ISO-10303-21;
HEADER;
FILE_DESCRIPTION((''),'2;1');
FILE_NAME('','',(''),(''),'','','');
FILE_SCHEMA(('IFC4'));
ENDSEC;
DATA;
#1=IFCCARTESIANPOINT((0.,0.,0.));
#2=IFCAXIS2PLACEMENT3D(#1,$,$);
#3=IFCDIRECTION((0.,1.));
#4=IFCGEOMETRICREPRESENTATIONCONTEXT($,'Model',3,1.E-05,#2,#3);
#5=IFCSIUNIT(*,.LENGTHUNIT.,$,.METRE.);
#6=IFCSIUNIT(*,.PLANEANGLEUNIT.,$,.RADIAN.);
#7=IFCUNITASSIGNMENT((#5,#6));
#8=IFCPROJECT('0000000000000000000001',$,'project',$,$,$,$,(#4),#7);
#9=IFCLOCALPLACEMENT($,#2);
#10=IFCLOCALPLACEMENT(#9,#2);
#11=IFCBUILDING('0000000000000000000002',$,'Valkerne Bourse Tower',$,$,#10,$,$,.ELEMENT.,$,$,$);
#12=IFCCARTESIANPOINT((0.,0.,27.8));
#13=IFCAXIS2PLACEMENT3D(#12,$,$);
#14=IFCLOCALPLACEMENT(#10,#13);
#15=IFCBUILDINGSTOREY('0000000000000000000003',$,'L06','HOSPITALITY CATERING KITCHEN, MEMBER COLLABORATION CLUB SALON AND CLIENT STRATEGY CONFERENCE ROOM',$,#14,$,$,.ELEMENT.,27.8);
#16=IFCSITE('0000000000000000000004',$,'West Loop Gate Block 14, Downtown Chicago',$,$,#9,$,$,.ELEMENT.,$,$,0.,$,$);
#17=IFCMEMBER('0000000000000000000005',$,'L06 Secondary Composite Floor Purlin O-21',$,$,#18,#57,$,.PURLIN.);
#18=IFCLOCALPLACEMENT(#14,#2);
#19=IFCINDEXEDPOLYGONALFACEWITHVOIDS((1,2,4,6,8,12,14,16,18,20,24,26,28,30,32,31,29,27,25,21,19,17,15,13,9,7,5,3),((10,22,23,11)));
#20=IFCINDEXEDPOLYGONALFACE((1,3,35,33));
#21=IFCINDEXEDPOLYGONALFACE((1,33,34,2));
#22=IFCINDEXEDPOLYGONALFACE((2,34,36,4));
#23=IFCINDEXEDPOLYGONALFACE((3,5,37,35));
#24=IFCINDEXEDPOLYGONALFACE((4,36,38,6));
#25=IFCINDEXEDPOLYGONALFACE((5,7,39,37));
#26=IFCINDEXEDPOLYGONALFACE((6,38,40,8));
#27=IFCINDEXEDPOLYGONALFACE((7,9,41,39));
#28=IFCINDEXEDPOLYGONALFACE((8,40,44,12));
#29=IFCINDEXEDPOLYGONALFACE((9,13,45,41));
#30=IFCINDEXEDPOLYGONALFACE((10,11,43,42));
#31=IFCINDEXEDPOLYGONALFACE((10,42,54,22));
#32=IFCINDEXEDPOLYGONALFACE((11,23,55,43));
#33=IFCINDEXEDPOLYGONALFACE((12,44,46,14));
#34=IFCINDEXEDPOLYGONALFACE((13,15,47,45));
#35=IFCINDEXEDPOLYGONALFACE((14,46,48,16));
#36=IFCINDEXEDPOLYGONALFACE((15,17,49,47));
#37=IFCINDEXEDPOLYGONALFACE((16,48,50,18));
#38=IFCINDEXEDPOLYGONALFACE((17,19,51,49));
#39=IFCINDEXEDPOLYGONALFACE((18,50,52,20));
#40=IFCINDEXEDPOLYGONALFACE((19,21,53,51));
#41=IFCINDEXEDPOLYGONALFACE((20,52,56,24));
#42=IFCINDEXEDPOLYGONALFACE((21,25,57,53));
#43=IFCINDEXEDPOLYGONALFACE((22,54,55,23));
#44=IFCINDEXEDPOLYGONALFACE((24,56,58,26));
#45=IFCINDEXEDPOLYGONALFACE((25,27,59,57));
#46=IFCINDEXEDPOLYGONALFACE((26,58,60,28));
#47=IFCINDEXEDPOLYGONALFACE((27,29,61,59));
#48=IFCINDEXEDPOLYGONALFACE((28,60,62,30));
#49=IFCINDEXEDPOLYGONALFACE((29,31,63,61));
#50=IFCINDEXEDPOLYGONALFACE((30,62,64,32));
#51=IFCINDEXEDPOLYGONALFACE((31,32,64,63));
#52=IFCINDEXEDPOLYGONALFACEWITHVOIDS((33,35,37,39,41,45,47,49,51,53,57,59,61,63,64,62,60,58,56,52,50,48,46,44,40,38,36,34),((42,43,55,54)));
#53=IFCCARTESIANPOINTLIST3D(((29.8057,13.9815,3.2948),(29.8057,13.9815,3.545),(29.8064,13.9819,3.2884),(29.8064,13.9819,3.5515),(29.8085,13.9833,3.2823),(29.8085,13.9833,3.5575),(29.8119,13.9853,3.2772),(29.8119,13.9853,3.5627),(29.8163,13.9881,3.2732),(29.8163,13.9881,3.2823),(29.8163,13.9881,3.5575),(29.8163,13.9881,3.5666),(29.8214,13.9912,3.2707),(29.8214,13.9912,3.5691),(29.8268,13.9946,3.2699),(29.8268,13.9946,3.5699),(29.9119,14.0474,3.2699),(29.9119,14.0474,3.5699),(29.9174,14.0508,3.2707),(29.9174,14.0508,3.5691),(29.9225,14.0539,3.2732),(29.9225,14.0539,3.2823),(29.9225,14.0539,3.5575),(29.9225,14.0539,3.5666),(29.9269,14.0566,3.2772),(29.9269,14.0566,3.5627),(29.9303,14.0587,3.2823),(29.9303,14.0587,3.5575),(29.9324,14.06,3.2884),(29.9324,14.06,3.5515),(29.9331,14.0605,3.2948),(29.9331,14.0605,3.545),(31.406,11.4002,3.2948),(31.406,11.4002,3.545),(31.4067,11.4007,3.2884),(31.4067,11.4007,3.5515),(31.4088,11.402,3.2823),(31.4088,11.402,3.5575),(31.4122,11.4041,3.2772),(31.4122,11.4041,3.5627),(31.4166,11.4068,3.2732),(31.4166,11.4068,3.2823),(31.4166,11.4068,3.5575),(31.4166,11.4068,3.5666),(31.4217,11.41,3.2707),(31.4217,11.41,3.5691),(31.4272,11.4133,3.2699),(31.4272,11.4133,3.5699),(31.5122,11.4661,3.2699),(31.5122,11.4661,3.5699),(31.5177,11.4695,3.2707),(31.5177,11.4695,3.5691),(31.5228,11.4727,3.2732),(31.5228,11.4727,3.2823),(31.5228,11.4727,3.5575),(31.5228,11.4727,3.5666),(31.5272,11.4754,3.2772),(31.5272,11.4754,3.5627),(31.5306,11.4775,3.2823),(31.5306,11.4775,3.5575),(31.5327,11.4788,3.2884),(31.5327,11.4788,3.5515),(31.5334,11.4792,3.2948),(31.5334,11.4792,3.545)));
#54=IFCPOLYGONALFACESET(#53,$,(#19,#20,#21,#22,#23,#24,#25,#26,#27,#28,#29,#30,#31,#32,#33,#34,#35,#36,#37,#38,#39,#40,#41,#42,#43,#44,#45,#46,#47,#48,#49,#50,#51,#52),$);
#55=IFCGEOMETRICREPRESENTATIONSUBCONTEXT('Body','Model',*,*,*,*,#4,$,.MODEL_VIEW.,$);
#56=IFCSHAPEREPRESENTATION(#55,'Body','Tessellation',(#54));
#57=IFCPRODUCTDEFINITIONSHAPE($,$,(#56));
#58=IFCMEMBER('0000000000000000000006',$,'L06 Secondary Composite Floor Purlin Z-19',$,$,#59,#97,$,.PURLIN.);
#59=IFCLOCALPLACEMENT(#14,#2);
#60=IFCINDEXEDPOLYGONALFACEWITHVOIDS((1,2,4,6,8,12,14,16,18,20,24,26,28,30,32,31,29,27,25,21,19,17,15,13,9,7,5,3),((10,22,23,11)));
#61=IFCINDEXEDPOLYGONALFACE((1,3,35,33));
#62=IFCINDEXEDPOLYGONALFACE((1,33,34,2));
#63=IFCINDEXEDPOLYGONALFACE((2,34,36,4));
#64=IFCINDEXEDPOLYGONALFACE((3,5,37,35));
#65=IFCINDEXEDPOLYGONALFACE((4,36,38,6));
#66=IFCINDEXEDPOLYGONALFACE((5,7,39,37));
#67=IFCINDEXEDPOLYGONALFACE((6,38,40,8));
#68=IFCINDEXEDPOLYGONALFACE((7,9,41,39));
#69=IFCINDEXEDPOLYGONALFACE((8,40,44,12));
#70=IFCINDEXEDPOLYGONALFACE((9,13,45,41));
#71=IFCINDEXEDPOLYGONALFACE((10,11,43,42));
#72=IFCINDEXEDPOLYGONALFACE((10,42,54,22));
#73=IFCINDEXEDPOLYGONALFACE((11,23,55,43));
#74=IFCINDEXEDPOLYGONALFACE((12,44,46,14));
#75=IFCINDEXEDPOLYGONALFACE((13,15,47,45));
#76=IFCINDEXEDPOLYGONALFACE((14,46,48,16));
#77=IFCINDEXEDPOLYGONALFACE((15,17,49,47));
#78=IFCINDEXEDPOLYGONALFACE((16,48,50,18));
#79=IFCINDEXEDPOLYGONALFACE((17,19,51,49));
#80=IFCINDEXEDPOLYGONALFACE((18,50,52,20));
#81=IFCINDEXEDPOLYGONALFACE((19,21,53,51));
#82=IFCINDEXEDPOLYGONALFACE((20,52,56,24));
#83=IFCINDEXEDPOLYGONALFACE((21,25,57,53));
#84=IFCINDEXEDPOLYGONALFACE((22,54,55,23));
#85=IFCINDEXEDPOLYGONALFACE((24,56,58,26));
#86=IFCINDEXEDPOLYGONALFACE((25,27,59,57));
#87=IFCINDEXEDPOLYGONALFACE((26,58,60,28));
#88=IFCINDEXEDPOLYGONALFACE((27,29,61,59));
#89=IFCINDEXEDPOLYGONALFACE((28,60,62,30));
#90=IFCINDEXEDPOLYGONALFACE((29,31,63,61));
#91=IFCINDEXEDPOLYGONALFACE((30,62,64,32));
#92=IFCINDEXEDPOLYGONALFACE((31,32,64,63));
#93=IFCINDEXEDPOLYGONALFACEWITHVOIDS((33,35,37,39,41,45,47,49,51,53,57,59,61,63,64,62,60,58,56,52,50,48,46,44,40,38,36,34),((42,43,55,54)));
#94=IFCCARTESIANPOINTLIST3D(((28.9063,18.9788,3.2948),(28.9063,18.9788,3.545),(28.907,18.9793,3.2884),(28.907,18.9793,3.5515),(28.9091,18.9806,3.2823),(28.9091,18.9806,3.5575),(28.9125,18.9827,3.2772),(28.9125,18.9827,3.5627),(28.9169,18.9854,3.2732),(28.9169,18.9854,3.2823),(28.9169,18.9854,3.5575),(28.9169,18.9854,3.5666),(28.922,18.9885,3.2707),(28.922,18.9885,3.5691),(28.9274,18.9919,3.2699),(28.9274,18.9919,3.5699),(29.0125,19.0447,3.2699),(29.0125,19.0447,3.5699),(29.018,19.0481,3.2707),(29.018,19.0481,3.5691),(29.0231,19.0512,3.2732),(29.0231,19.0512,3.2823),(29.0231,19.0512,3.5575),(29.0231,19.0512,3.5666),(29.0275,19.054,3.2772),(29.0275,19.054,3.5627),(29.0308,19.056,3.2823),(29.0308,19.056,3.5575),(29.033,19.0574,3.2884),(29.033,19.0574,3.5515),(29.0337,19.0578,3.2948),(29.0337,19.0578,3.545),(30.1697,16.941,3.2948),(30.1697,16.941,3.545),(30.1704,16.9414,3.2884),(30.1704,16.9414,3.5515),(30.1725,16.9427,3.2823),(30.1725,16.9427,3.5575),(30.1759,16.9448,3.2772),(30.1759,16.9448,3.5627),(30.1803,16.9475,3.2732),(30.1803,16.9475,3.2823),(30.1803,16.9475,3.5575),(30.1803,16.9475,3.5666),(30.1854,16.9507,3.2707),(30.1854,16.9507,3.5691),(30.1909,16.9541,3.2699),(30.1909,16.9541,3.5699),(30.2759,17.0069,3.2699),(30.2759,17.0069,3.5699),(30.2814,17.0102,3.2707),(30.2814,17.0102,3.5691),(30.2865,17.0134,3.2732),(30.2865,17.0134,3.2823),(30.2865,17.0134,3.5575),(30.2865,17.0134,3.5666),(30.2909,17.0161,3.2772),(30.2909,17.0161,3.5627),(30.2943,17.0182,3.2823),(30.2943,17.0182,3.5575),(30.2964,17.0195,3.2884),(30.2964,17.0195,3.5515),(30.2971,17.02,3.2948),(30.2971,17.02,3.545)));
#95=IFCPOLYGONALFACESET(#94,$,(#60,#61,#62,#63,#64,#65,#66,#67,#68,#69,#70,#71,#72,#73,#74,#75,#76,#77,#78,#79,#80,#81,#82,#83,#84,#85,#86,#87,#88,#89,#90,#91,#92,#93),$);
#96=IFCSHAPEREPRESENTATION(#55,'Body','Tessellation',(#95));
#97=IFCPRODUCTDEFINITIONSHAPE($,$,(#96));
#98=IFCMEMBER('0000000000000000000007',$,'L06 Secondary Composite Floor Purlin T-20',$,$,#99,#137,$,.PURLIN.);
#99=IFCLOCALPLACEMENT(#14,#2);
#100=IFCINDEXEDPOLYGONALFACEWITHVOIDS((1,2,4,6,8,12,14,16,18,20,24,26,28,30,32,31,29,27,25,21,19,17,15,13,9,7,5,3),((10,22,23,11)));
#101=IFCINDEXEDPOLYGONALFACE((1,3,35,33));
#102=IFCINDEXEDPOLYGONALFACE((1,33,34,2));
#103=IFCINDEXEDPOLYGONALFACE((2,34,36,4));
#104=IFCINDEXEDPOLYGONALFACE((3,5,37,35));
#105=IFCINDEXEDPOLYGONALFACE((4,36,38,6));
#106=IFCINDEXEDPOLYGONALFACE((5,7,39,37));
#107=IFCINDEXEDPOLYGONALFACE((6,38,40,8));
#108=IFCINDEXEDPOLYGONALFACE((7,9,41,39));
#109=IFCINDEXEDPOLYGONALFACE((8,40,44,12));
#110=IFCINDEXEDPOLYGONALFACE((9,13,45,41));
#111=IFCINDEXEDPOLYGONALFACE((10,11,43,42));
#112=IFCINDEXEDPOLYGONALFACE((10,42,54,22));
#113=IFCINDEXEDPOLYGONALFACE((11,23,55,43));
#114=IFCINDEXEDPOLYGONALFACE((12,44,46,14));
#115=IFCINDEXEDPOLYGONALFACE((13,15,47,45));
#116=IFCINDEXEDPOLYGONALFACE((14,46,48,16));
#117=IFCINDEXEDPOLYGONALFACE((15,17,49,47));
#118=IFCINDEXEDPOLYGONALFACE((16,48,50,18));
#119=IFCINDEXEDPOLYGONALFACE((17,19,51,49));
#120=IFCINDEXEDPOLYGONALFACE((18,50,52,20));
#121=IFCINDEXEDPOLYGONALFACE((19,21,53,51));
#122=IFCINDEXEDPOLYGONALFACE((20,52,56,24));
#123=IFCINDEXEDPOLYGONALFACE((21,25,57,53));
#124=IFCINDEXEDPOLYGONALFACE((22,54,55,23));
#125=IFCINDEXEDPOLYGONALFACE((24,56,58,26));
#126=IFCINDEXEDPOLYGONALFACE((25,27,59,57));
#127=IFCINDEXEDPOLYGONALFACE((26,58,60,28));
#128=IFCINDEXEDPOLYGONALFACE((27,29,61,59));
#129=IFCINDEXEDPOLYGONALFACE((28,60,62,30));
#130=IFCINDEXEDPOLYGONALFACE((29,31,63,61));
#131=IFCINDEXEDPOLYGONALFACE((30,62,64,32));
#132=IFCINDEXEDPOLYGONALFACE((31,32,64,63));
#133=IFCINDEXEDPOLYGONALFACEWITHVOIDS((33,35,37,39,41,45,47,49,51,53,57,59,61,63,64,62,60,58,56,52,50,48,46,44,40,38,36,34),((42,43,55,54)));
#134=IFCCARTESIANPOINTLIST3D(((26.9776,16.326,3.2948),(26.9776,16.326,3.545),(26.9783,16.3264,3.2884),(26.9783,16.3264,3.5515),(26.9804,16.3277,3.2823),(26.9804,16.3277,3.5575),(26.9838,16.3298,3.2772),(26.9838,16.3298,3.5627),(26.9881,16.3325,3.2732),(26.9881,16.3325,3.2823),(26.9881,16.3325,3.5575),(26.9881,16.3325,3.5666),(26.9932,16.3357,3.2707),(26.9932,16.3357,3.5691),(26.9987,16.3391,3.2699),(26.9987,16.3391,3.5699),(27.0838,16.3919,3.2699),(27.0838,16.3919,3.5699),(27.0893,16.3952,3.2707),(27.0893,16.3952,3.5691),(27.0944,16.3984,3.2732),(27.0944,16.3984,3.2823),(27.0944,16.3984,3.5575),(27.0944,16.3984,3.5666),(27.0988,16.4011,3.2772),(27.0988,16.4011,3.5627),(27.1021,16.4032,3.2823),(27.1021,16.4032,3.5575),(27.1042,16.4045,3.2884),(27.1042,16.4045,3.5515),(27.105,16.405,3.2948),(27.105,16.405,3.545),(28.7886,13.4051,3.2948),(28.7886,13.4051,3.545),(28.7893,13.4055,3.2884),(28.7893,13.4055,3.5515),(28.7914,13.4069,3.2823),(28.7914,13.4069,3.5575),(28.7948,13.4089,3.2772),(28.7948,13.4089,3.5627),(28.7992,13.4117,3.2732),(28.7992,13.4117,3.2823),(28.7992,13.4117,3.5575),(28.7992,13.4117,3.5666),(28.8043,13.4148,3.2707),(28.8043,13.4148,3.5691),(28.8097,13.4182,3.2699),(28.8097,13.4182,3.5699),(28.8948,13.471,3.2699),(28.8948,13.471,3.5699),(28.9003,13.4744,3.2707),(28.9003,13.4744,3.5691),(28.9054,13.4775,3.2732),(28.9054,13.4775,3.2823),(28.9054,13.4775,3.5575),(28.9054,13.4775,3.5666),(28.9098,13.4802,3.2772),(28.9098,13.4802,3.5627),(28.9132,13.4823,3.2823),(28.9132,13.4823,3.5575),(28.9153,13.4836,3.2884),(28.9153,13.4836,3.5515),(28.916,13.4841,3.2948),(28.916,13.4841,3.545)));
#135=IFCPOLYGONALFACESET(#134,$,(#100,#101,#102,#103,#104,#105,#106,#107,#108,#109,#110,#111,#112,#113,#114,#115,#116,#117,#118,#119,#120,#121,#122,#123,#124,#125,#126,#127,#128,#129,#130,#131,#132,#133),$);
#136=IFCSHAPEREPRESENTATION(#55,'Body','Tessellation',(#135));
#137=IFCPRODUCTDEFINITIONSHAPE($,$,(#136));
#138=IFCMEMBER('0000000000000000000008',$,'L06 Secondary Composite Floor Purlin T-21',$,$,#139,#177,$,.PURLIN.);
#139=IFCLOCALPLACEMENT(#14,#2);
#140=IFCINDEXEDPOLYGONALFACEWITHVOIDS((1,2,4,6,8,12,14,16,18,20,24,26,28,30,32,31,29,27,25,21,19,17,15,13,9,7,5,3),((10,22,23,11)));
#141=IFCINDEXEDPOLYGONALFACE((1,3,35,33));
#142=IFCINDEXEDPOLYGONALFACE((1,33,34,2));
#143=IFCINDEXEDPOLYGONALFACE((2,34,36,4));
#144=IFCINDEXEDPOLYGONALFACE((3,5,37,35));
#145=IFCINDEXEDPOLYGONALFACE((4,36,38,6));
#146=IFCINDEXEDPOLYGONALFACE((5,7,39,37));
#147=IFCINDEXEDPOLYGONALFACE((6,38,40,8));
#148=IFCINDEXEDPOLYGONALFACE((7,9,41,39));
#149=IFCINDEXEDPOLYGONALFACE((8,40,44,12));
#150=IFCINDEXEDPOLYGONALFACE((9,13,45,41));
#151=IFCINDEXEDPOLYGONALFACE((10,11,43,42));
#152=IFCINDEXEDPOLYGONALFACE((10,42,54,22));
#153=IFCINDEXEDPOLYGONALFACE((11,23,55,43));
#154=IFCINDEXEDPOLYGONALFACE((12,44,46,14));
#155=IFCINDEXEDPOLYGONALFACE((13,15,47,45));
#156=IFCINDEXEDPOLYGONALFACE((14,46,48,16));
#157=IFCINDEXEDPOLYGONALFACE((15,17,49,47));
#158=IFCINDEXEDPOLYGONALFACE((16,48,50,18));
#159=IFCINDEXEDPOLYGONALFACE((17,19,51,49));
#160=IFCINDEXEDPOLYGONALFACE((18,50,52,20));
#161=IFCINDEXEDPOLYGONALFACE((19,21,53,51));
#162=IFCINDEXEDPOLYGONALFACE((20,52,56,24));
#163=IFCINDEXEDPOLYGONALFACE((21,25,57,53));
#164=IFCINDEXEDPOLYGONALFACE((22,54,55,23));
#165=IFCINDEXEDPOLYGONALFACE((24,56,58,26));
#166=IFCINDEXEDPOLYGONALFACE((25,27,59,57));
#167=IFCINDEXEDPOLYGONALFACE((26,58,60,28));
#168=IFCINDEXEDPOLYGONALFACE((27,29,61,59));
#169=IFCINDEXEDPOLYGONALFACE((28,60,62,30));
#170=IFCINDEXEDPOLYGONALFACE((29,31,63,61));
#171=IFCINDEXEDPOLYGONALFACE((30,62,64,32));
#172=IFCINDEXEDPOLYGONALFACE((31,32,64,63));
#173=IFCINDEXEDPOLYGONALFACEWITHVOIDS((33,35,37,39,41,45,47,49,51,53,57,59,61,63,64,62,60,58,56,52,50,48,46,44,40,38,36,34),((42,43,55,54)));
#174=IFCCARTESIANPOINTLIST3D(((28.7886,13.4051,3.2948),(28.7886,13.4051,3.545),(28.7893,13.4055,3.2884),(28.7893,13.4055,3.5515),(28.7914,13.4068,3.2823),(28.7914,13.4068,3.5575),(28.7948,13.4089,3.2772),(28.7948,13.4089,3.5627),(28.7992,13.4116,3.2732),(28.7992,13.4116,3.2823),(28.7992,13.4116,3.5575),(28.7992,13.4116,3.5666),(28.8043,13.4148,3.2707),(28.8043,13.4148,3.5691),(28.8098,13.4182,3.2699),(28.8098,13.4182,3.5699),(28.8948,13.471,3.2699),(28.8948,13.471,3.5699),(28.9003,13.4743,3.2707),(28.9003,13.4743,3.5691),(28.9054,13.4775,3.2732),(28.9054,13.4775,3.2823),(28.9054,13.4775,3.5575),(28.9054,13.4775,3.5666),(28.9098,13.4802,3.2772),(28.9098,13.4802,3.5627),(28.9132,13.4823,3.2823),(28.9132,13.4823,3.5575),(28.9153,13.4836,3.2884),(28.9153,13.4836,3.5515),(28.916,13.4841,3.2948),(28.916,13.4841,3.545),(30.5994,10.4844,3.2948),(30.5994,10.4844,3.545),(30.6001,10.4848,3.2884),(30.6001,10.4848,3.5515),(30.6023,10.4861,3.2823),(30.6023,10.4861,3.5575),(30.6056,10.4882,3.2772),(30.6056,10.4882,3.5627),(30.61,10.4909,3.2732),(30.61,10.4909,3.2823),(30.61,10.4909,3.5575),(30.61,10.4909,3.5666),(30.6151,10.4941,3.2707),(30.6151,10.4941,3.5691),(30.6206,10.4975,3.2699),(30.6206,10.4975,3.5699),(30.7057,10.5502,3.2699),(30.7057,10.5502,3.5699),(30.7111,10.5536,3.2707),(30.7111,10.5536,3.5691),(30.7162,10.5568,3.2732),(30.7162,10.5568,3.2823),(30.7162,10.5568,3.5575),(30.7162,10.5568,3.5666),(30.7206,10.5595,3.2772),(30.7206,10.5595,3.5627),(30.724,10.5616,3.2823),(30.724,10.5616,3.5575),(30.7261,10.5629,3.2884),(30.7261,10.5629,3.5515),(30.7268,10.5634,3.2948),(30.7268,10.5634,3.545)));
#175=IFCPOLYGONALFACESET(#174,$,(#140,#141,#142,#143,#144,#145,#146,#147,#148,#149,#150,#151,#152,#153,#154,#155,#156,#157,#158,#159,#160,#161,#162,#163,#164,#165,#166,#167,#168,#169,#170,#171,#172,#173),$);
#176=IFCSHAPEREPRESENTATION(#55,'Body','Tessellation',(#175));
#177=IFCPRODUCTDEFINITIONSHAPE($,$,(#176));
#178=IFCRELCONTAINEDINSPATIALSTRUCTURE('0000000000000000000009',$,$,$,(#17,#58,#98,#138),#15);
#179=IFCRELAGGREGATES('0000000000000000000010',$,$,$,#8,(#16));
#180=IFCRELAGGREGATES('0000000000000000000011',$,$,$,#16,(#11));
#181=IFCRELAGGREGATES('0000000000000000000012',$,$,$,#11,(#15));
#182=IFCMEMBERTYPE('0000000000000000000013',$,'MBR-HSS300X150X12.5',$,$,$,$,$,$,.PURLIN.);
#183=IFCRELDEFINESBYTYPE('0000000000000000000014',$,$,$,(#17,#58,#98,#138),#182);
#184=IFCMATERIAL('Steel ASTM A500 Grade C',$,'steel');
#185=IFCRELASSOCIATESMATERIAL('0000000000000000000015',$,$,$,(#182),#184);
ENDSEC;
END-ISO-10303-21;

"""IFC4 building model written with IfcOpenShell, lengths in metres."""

from ifc_helpers import new_model, si_unit, direction, frame, origin, origin_2d, place, context, subcontext, project, spatial, hollow_rectangle, extrude, material, material_profile, profile_set, type_object, element, save


model = new_model("IFC4")

# Units and contexts
model_context = context("Model", 3, precision=1e-05, world=origin(), true_north=direction((0.0, 1.0)))
body_context = subcontext(model_context, "Body", "Model", "MODEL_VIEW")
ifc_project = project(units=[si_unit("LENGTHUNIT", "METRE"), si_unit("PLANEANGLEUNIT", "RADIAN")], contexts=[model_context])

# Site, building, storey
site_placement = place(None, origin())
site = spatial("IfcSite", under=ifc_project, at=site_placement, Name="West Loop Gate Block 14, Downtown Chicago", CompositionType="ELEMENT", RefElevation=0.0)
building_placement = place(site_placement, origin())
building = spatial("IfcBuilding", under=site, at=building_placement, Name="Valkerne Bourse Tower", CompositionType="ELEMENT")
storey_placement = place(building_placement, frame((0.0, 0.0, 27.8)))
storey = spatial("IfcBuildingStorey", under=building, at=storey_placement, Name="L06", Description="HOSPITALITY CATERING KITCHEN, MEMBER COLLABORATION CLUB SALON AND CLIENT STRATEGY CONFERENCE ROOM", CompositionType="ELEMENT", Elevation=27.8)

# Members
ifc_material_1 = material(Name="Steel ASTM A500 Grade C", Category="steel")
ifc_material_profile_1 = material_profile(ifc_material_1, hollow_rectangle(XDim=0.1499, YDim=0.3, WallThickness=0.0125, OuterFilletRadius=0.0249, at=origin_2d()), Name="HSS300X150X12.5")
ifc_profile_set_1 = profile_set([ifc_material_profile_1], Name="Steel ASTM A500 Grade C")
member_type_1 = type_object("IfcMemberType", Name="MBR-HSS300X150X12.5", PredefinedType="PURLIN", material=ifc_profile_set_1)
for number, where, z_axis, x_axis, name in (
    (1, (29.8694, 14.021, 3.4199), (0.526925, -0.849912, 0.0), (0.849912, 0.526925, 0.0), "L06 Secondary Composite Floor Purlin O-21"),
):
    element("IfcMember", number, at=place(storey_placement, frame(where, z_axis=z_axis, x_axis=x_axis)), inside=storey, type_object=member_type_1, Name=name, PredefinedType="PURLIN", context=body_context, shape_type="SweptSolid", body=[
        extrude(hollow_rectangle(XDim=0.1499, YDim=0.3, WallThickness=0.0125, OuterFilletRadius=0.0249, at=origin_2d()), origin(), (0.0, 0.0, 1.0), 3.0371),
    ])
member_1_placement = place(storey_placement, frame((28.97, 19.0183, 3.4199), z_axis=(0.526929, -0.849909, 0.0), x_axis=(0.849909, 0.526929, 0.0)))
element("IfcMember", 2, at=member_1_placement, inside=storey, type_object=member_type_1, Name="L06 Secondary Composite Floor Purlin Z-19", PredefinedType="PURLIN", context=body_context, shape_type="SweptSolid", body=[
    extrude(hollow_rectangle(XDim=0.1499, YDim=0.3, WallThickness=0.0125, OuterFilletRadius=0.0249, at=origin_2d()), origin(), (0.0, 0.0, 1.0), 2.3977),
])
member_2_placement = place(storey_placement, frame((27.0413, 16.3655, 3.4199), z_axis=(0.526956, -0.849893, 0.0), x_axis=(0.849893, 0.526956, 0.0)))
element("IfcMember", 3, at=member_2_placement, inside=storey, type_object=member_type_1, Name="L06 Secondary Composite Floor Purlin T-20", PredefinedType="PURLIN", context=body_context, shape_type="SweptSolid", body=[
    extrude(hollow_rectangle(XDim=0.1499, YDim=0.3, WallThickness=0.0125, OuterFilletRadius=0.0249, at=origin_2d()), origin(), (0.0, 0.0, 1.0), 3.4368),
])
member_3_placement = place(storey_placement, frame((28.8523, 13.4446, 3.4199), z_axis=(0.526937, -0.849905, 0.0), x_axis=(0.849905, 0.526937, 0.0)))
element("IfcMember", 4, at=member_3_placement, inside=storey, type_object=member_type_1, Name="L06 Secondary Composite Floor Purlin T-21", PredefinedType="PURLIN", context=body_context, shape_type="SweptSolid", body=[
    extrude(hollow_rectangle(XDim=0.1499, YDim=0.3, WallThickness=0.0125, OuterFilletRadius=0.0249, at=origin_2d()), origin(), (0.0, 0.0, 1.0), 3.4365),
])

save(model, "model.ifc")
